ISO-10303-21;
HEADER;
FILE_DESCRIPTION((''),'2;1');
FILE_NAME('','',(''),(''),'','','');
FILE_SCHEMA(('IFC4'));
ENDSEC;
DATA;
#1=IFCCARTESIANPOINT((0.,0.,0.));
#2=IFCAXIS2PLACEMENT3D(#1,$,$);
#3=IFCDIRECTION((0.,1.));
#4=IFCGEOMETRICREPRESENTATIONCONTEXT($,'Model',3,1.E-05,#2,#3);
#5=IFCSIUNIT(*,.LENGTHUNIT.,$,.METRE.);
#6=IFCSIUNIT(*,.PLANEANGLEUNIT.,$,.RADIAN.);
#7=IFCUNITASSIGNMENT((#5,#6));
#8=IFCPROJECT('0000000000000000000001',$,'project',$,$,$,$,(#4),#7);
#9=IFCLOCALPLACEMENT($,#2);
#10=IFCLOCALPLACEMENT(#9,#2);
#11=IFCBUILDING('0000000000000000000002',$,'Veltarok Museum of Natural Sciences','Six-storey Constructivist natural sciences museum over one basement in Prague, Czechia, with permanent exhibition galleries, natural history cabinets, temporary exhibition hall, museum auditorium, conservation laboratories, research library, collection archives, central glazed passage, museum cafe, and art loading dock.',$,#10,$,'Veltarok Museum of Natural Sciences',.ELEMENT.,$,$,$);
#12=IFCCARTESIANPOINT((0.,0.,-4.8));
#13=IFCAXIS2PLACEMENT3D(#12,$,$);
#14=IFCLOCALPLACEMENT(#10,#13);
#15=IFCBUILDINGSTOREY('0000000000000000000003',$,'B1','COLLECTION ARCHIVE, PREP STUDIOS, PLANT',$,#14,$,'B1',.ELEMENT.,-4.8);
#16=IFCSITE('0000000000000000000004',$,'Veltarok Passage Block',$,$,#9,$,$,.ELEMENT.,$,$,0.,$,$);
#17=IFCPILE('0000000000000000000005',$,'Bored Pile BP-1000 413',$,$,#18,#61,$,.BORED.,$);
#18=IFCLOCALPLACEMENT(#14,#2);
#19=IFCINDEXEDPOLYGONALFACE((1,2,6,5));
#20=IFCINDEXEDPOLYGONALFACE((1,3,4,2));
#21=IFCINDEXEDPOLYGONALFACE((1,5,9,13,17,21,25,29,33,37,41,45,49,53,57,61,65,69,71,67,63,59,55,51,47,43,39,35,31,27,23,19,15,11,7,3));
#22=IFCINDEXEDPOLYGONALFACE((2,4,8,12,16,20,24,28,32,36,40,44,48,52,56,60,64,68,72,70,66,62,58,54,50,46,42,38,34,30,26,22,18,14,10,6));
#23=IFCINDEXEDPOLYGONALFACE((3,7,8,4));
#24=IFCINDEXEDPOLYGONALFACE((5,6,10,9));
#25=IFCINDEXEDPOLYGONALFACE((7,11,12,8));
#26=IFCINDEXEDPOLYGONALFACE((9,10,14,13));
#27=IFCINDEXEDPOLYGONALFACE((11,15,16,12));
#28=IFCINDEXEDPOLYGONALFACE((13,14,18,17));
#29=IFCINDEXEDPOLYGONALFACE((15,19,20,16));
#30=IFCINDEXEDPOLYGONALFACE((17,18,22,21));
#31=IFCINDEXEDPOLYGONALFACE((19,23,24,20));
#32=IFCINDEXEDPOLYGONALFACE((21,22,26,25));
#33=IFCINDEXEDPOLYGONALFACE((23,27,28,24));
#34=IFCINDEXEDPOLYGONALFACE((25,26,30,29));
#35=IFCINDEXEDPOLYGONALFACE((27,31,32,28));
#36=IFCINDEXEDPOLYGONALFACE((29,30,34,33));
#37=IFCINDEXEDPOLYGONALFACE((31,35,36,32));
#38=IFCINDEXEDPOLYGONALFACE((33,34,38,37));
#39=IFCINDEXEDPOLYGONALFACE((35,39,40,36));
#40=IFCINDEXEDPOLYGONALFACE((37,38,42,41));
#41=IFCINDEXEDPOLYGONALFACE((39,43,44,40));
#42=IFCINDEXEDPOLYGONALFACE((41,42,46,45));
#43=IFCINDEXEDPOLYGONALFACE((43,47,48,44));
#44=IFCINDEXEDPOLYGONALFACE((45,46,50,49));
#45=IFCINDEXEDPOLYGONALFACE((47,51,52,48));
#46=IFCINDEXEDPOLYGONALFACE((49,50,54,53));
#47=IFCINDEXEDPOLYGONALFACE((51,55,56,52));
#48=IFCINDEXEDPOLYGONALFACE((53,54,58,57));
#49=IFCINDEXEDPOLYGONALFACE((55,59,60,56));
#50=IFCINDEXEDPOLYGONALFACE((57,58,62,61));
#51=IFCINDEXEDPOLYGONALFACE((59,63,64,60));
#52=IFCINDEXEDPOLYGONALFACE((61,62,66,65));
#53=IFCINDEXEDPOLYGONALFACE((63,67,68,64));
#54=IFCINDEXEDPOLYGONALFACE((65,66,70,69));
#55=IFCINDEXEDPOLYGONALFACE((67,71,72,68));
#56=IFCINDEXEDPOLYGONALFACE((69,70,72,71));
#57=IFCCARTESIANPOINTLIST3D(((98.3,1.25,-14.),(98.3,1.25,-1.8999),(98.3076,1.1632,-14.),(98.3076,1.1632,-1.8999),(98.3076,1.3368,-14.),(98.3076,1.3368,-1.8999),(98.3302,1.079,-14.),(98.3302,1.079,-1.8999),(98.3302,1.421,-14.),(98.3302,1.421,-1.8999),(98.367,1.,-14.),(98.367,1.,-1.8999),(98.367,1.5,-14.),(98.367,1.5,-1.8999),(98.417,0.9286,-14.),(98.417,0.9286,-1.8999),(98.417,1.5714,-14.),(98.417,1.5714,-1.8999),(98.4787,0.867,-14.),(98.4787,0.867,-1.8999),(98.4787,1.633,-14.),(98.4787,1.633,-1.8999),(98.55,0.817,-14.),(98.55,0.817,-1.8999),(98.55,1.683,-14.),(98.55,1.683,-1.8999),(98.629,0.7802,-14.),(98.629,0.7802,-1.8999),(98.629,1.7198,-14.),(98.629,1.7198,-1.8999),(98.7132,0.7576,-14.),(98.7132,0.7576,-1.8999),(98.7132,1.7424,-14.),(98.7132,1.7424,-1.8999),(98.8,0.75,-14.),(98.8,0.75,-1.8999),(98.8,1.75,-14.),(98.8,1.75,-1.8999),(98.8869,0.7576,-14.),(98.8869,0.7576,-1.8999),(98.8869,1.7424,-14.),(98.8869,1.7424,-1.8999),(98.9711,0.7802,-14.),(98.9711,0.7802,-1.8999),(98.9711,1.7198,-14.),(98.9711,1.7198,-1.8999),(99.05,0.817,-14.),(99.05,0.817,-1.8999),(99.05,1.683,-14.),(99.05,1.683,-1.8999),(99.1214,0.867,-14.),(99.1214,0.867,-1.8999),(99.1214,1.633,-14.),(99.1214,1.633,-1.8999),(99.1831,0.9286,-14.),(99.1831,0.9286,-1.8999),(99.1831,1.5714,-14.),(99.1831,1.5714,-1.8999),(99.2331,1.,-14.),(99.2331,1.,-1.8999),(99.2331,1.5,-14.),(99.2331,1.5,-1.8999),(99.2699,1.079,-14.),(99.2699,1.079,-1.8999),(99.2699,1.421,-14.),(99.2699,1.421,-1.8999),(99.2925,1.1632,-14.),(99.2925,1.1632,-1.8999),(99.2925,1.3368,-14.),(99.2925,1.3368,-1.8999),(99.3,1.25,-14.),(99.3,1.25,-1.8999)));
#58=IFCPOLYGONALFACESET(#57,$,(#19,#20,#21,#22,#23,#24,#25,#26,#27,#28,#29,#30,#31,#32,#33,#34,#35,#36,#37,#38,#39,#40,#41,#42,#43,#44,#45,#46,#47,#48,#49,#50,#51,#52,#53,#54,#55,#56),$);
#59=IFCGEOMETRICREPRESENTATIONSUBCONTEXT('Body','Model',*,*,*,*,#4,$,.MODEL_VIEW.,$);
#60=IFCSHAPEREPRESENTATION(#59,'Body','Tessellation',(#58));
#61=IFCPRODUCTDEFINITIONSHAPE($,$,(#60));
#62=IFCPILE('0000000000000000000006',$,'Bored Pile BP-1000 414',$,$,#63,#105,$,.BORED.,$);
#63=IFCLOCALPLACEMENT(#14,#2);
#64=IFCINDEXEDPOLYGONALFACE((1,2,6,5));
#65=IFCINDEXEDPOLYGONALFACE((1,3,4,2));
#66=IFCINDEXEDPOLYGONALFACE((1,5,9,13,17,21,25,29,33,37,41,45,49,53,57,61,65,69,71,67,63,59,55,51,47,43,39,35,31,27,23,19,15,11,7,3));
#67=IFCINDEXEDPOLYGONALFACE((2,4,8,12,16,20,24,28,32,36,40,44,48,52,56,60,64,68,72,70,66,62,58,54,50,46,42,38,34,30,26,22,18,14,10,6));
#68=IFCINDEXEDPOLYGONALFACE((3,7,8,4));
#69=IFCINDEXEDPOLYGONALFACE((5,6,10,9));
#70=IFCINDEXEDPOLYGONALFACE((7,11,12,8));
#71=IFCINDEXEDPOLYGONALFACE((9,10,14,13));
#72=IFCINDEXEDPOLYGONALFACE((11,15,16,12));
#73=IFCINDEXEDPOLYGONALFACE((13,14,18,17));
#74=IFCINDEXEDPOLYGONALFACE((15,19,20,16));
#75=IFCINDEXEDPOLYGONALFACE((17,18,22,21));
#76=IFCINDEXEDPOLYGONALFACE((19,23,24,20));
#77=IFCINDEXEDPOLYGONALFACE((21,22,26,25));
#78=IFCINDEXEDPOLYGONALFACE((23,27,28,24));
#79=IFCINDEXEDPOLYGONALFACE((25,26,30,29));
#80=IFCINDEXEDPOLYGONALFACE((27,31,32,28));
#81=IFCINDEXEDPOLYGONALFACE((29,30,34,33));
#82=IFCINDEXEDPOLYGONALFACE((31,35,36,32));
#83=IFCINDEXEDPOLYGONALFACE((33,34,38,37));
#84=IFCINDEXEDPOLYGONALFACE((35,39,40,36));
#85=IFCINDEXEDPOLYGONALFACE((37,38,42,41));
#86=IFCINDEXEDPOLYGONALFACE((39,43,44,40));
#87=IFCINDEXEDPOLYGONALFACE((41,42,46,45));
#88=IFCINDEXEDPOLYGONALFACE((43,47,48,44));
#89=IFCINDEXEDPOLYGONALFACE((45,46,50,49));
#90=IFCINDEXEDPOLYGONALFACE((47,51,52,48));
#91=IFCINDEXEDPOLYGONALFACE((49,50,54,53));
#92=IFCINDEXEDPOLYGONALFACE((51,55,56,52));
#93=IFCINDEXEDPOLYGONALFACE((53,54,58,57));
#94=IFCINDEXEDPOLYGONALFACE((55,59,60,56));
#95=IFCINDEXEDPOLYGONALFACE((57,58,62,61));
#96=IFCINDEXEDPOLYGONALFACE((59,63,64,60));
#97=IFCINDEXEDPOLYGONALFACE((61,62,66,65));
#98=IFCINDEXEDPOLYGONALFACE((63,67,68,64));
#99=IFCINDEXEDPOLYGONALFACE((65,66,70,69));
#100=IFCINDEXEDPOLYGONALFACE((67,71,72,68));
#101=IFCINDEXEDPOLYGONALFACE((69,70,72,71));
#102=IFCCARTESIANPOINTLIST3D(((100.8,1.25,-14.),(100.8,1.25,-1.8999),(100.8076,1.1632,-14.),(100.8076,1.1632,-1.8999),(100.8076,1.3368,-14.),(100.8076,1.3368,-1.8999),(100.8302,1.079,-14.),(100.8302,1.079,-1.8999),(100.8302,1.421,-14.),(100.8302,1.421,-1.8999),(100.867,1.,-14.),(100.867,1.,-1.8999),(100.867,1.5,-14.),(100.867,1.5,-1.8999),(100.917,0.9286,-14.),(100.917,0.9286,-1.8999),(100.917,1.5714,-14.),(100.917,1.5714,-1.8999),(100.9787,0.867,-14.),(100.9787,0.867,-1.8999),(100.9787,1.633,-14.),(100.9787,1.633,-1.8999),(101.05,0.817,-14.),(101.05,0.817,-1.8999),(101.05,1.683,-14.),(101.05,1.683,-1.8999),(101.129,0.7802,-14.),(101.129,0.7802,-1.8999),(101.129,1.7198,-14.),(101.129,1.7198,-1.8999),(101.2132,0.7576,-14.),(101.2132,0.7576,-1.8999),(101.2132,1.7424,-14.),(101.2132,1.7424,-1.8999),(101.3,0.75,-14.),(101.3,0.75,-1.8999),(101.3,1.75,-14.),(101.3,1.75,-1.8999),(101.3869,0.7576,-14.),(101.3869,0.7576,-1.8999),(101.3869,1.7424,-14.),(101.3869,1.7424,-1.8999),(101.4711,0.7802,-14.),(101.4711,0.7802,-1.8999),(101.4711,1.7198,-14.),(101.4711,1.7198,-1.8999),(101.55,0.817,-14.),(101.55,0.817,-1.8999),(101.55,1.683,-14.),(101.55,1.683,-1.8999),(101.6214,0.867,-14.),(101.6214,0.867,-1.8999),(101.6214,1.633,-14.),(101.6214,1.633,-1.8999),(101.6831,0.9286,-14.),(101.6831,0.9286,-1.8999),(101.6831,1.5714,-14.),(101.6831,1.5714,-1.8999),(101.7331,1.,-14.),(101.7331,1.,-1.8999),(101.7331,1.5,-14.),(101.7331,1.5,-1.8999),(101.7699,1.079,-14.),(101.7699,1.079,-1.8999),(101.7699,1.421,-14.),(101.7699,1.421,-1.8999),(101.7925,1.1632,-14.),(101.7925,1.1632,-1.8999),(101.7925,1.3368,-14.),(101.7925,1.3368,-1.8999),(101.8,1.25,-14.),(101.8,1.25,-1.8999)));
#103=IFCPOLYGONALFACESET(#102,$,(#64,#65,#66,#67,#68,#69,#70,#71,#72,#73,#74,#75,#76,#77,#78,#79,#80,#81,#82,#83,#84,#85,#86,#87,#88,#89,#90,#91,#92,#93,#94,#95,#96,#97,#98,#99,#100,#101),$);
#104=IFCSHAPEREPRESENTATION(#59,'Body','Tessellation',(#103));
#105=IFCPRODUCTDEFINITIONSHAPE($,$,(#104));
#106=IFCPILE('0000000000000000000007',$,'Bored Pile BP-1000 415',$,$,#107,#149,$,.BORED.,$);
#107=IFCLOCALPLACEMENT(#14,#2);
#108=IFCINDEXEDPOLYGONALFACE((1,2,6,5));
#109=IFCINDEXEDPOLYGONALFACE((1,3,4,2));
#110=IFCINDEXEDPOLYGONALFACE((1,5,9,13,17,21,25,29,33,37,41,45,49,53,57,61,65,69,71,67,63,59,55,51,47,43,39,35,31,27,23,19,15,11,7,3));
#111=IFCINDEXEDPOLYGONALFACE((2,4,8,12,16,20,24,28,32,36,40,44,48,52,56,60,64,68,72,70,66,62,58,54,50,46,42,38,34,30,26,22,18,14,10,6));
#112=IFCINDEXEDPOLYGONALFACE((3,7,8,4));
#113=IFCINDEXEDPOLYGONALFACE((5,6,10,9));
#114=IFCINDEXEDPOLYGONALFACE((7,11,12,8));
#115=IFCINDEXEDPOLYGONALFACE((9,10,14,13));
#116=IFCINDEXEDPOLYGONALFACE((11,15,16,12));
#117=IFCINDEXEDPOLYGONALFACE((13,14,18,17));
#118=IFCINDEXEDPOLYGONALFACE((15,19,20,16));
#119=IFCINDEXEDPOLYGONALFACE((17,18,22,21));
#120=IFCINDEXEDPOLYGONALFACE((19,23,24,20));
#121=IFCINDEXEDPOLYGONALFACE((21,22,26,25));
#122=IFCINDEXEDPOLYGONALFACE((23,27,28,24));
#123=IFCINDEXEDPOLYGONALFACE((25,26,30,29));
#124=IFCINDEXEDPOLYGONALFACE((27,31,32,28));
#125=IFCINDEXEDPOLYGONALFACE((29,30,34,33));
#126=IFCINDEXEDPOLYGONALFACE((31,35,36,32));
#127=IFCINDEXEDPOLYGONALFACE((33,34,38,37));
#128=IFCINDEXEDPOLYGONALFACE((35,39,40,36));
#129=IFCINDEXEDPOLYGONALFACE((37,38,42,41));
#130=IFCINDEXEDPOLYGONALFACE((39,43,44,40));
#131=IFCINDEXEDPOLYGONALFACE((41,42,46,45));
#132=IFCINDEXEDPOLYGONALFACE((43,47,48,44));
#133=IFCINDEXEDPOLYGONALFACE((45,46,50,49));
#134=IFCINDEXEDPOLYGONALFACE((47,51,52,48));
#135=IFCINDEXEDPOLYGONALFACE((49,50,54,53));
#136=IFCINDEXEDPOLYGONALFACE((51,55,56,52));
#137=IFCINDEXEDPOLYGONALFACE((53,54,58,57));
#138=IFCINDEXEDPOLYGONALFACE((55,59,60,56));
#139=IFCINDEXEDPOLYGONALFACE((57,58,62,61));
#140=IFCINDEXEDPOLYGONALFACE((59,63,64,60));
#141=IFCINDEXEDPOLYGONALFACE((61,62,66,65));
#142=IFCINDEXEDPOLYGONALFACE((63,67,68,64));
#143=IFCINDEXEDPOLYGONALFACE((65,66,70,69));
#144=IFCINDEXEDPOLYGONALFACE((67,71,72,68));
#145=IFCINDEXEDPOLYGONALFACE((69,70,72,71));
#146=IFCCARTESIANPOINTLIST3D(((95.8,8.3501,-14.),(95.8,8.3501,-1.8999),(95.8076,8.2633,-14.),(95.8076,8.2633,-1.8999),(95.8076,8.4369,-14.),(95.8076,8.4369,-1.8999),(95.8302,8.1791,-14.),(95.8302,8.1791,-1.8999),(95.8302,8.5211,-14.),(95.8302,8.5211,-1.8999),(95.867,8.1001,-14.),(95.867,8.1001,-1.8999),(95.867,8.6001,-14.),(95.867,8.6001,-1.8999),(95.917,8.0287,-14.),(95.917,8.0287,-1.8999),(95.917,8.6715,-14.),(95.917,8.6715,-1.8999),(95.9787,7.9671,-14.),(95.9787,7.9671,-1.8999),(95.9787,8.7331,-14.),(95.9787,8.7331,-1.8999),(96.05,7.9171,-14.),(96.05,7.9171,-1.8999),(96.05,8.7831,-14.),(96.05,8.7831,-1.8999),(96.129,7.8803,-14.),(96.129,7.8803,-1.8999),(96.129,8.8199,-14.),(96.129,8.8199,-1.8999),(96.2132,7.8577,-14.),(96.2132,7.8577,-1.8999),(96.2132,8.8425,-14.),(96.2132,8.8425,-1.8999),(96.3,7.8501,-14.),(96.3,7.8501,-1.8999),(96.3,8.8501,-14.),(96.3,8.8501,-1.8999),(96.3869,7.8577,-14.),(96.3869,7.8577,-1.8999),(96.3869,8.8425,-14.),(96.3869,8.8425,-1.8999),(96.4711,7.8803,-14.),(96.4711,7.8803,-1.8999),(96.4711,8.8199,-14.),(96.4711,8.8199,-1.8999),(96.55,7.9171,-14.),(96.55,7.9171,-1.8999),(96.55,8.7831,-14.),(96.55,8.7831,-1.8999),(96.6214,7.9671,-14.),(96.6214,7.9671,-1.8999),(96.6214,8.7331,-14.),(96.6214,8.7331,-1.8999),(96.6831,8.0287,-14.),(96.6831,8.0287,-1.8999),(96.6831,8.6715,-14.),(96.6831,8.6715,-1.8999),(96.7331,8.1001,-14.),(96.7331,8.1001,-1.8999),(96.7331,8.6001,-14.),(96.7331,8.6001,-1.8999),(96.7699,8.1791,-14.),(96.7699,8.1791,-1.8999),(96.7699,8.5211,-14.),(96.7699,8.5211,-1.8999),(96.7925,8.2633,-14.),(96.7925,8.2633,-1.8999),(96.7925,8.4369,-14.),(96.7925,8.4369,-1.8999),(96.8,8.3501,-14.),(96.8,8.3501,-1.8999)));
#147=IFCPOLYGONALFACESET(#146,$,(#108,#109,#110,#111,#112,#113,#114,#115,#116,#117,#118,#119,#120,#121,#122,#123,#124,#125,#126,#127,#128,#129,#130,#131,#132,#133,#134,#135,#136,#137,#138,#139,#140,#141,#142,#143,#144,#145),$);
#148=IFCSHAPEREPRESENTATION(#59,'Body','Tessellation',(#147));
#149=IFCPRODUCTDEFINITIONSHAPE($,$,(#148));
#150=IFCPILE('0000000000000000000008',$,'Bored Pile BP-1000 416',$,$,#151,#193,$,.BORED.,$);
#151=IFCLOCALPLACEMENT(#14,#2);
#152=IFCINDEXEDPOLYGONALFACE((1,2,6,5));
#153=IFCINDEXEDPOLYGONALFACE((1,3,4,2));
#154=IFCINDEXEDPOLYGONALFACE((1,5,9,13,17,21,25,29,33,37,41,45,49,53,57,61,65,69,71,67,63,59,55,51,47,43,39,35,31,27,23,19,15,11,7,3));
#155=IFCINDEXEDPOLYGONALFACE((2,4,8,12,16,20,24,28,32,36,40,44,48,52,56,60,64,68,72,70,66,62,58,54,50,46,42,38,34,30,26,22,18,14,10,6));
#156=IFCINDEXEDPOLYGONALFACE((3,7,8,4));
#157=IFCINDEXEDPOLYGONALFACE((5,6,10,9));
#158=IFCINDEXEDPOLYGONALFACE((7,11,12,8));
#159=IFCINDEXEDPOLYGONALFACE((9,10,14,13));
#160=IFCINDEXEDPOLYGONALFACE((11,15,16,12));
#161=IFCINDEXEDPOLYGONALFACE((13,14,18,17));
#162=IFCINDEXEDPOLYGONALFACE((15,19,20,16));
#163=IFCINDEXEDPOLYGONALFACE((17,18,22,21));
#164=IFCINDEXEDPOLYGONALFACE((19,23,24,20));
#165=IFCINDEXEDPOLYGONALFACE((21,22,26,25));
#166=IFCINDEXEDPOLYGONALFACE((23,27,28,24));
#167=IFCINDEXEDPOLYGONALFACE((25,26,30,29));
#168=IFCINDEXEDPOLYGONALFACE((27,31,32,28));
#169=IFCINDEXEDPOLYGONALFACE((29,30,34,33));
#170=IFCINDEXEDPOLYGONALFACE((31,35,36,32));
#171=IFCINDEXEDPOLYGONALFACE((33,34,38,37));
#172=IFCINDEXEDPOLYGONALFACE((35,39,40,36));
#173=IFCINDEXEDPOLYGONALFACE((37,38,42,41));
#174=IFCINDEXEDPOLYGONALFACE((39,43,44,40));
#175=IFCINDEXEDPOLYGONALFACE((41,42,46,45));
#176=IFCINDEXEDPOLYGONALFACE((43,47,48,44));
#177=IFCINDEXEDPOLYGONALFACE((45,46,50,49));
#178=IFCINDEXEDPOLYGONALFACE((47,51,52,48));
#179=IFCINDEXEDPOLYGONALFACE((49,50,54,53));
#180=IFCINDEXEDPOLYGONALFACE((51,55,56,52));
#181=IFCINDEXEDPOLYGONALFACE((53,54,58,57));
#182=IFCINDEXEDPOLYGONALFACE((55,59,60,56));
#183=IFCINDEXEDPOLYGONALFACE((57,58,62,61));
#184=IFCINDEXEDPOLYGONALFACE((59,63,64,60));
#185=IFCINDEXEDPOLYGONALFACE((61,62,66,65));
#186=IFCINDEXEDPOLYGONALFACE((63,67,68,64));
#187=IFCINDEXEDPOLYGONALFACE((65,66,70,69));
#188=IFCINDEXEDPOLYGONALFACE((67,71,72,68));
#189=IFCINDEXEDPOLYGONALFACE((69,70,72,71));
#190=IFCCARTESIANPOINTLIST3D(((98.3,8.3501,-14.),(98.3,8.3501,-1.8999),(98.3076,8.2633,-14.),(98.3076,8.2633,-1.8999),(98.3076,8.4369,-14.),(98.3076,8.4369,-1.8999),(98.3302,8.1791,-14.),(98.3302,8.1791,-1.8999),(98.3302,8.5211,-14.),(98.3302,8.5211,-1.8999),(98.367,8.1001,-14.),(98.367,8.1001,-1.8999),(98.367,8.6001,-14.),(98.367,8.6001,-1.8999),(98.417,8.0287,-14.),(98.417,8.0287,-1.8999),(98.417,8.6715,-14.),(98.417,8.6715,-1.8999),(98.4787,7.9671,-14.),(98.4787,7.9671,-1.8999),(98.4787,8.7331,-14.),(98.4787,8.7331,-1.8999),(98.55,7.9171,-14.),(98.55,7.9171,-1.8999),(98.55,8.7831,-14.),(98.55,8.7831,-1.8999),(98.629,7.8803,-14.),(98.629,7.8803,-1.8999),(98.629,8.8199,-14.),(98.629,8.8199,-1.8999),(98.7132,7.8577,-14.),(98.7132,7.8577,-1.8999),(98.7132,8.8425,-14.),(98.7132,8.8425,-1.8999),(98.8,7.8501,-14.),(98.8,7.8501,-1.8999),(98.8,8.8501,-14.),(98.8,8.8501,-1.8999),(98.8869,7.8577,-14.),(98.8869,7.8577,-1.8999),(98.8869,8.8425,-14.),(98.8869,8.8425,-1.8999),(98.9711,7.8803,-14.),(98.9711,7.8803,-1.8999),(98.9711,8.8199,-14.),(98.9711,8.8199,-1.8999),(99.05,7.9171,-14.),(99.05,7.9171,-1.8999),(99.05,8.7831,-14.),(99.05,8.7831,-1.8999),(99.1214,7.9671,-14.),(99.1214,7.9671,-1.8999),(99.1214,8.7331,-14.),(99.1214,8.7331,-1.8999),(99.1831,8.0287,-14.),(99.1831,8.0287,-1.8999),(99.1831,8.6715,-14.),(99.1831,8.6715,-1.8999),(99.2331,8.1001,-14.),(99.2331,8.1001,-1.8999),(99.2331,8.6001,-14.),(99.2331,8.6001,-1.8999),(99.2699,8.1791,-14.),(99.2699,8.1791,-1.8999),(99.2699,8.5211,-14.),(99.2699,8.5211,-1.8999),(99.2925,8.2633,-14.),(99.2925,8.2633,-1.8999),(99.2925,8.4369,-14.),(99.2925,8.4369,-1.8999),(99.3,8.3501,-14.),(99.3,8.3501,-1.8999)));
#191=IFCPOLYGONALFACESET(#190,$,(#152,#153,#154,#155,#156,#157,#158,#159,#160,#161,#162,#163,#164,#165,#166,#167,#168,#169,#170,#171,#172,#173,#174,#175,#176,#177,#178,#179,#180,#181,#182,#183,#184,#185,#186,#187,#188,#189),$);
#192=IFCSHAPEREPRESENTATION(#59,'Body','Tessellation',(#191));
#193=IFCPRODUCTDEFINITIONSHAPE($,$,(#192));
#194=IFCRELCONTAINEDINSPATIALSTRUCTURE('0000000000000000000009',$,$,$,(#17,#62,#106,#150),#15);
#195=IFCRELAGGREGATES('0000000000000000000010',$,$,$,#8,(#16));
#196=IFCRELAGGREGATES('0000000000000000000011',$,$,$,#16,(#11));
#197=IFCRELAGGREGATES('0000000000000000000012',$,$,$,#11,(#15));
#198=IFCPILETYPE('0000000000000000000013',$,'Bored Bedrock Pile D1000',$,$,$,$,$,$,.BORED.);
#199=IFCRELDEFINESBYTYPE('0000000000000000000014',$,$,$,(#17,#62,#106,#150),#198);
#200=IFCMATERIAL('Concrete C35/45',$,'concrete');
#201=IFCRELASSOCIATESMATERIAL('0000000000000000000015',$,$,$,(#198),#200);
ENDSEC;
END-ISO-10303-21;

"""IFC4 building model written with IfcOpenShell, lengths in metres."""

from ifc_helpers import new_model, si_unit, direction, frame, origin, origin_2d, place, context, subcontext, project, spatial, circle, extrude, material, material_profile, profile_set, type_object, element, save


model = new_model("IFC4")

# Units and contexts
model_context = context("Model", 3, precision=1e-05, world=origin(), true_north=direction((0.0, 1.0)))
body_context = subcontext(model_context, "Body", "Model", "MODEL_VIEW")
ifc_project = project(units=[si_unit("LENGTHUNIT", "METRE"), si_unit("PLANEANGLEUNIT", "RADIAN")], contexts=[model_context])

# Site, building, storey
site_placement = place(None, origin())
site = spatial("IfcSite", under=ifc_project, at=site_placement, Name="Veltarok Passage Block", CompositionType="ELEMENT", RefElevation=0.0)
building_placement = place(site_placement, origin())
building = spatial("IfcBuilding", under=site, at=building_placement, Name="Veltarok Museum of Natural Sciences", Description="Six-storey Constructivist natural sciences museum over one basement in Prague, Czechia, with permanent exhibition galleries, natural history cabinets, temporary exhibition hall, museum auditorium, conservation laboratories, research library, collection archives, central glazed passage, museum cafe, and art loading dock.", LongName="Veltarok Museum of Natural Sciences", CompositionType="ELEMENT")
storey_placement = place(building_placement, frame((0.0, 0.0, -4.8)))
storey = spatial("IfcBuildingStorey", under=building, at=storey_placement, Name="B1", Description="COLLECTION ARCHIVE, PREP STUDIOS, PLANT", LongName="B1", CompositionType="ELEMENT", Elevation=-4.8)

# Piles
ifc_material_1 = material(Name="Concrete C35/45", Category="concrete")
ifc_material_profile_1 = material_profile(ifc_material_1, circle(Radius=0.5, at=origin_2d()), Name="BP D1000")
ifc_profile_set_1 = profile_set([ifc_material_profile_1], Name="Concrete C35/45")
pile_type = type_object("IfcPileType", Name="Bored Bedrock Pile D1000", PredefinedType="BORED", material=ifc_profile_set_1)
for number, where, z_axis, x_axis, name in (
    (1, (98.8, 1.25, -1.8999), (0.0, 0.0, -1.0), (1.0, 0.0, 0.0), "Bored Pile BP-1000 413"),
    (2, (101.3, 1.25, -1.8999), (0.0, 0.0, -1.0), (1.0, 0.0, 0.0), "Bored Pile BP-1000 414"),
    (3, (96.3, 8.3501, -1.8999), (0.0, 0.0, -1.0), (1.0, 0.0, 0.0), "Bored Pile BP-1000 415"),
    (4, (98.8, 8.3501, -1.8999), (0.0, 0.0, -1.0), (1.0, 0.0, 0.0), "Bored Pile BP-1000 416"),
):
    element("IfcPile", number, at=place(storey_placement, frame(where, z_axis=z_axis, x_axis=x_axis)), inside=storey, type_object=pile_type, Name=name, PredefinedType="BORED", context=body_context, shape_type="SweptSolid", body=[
        extrude(circle(Radius=0.5, at=origin_2d()), origin(), (0.0, 0.0, 1.0), 12.1001),
    ])

save(model, "model.ifc")
